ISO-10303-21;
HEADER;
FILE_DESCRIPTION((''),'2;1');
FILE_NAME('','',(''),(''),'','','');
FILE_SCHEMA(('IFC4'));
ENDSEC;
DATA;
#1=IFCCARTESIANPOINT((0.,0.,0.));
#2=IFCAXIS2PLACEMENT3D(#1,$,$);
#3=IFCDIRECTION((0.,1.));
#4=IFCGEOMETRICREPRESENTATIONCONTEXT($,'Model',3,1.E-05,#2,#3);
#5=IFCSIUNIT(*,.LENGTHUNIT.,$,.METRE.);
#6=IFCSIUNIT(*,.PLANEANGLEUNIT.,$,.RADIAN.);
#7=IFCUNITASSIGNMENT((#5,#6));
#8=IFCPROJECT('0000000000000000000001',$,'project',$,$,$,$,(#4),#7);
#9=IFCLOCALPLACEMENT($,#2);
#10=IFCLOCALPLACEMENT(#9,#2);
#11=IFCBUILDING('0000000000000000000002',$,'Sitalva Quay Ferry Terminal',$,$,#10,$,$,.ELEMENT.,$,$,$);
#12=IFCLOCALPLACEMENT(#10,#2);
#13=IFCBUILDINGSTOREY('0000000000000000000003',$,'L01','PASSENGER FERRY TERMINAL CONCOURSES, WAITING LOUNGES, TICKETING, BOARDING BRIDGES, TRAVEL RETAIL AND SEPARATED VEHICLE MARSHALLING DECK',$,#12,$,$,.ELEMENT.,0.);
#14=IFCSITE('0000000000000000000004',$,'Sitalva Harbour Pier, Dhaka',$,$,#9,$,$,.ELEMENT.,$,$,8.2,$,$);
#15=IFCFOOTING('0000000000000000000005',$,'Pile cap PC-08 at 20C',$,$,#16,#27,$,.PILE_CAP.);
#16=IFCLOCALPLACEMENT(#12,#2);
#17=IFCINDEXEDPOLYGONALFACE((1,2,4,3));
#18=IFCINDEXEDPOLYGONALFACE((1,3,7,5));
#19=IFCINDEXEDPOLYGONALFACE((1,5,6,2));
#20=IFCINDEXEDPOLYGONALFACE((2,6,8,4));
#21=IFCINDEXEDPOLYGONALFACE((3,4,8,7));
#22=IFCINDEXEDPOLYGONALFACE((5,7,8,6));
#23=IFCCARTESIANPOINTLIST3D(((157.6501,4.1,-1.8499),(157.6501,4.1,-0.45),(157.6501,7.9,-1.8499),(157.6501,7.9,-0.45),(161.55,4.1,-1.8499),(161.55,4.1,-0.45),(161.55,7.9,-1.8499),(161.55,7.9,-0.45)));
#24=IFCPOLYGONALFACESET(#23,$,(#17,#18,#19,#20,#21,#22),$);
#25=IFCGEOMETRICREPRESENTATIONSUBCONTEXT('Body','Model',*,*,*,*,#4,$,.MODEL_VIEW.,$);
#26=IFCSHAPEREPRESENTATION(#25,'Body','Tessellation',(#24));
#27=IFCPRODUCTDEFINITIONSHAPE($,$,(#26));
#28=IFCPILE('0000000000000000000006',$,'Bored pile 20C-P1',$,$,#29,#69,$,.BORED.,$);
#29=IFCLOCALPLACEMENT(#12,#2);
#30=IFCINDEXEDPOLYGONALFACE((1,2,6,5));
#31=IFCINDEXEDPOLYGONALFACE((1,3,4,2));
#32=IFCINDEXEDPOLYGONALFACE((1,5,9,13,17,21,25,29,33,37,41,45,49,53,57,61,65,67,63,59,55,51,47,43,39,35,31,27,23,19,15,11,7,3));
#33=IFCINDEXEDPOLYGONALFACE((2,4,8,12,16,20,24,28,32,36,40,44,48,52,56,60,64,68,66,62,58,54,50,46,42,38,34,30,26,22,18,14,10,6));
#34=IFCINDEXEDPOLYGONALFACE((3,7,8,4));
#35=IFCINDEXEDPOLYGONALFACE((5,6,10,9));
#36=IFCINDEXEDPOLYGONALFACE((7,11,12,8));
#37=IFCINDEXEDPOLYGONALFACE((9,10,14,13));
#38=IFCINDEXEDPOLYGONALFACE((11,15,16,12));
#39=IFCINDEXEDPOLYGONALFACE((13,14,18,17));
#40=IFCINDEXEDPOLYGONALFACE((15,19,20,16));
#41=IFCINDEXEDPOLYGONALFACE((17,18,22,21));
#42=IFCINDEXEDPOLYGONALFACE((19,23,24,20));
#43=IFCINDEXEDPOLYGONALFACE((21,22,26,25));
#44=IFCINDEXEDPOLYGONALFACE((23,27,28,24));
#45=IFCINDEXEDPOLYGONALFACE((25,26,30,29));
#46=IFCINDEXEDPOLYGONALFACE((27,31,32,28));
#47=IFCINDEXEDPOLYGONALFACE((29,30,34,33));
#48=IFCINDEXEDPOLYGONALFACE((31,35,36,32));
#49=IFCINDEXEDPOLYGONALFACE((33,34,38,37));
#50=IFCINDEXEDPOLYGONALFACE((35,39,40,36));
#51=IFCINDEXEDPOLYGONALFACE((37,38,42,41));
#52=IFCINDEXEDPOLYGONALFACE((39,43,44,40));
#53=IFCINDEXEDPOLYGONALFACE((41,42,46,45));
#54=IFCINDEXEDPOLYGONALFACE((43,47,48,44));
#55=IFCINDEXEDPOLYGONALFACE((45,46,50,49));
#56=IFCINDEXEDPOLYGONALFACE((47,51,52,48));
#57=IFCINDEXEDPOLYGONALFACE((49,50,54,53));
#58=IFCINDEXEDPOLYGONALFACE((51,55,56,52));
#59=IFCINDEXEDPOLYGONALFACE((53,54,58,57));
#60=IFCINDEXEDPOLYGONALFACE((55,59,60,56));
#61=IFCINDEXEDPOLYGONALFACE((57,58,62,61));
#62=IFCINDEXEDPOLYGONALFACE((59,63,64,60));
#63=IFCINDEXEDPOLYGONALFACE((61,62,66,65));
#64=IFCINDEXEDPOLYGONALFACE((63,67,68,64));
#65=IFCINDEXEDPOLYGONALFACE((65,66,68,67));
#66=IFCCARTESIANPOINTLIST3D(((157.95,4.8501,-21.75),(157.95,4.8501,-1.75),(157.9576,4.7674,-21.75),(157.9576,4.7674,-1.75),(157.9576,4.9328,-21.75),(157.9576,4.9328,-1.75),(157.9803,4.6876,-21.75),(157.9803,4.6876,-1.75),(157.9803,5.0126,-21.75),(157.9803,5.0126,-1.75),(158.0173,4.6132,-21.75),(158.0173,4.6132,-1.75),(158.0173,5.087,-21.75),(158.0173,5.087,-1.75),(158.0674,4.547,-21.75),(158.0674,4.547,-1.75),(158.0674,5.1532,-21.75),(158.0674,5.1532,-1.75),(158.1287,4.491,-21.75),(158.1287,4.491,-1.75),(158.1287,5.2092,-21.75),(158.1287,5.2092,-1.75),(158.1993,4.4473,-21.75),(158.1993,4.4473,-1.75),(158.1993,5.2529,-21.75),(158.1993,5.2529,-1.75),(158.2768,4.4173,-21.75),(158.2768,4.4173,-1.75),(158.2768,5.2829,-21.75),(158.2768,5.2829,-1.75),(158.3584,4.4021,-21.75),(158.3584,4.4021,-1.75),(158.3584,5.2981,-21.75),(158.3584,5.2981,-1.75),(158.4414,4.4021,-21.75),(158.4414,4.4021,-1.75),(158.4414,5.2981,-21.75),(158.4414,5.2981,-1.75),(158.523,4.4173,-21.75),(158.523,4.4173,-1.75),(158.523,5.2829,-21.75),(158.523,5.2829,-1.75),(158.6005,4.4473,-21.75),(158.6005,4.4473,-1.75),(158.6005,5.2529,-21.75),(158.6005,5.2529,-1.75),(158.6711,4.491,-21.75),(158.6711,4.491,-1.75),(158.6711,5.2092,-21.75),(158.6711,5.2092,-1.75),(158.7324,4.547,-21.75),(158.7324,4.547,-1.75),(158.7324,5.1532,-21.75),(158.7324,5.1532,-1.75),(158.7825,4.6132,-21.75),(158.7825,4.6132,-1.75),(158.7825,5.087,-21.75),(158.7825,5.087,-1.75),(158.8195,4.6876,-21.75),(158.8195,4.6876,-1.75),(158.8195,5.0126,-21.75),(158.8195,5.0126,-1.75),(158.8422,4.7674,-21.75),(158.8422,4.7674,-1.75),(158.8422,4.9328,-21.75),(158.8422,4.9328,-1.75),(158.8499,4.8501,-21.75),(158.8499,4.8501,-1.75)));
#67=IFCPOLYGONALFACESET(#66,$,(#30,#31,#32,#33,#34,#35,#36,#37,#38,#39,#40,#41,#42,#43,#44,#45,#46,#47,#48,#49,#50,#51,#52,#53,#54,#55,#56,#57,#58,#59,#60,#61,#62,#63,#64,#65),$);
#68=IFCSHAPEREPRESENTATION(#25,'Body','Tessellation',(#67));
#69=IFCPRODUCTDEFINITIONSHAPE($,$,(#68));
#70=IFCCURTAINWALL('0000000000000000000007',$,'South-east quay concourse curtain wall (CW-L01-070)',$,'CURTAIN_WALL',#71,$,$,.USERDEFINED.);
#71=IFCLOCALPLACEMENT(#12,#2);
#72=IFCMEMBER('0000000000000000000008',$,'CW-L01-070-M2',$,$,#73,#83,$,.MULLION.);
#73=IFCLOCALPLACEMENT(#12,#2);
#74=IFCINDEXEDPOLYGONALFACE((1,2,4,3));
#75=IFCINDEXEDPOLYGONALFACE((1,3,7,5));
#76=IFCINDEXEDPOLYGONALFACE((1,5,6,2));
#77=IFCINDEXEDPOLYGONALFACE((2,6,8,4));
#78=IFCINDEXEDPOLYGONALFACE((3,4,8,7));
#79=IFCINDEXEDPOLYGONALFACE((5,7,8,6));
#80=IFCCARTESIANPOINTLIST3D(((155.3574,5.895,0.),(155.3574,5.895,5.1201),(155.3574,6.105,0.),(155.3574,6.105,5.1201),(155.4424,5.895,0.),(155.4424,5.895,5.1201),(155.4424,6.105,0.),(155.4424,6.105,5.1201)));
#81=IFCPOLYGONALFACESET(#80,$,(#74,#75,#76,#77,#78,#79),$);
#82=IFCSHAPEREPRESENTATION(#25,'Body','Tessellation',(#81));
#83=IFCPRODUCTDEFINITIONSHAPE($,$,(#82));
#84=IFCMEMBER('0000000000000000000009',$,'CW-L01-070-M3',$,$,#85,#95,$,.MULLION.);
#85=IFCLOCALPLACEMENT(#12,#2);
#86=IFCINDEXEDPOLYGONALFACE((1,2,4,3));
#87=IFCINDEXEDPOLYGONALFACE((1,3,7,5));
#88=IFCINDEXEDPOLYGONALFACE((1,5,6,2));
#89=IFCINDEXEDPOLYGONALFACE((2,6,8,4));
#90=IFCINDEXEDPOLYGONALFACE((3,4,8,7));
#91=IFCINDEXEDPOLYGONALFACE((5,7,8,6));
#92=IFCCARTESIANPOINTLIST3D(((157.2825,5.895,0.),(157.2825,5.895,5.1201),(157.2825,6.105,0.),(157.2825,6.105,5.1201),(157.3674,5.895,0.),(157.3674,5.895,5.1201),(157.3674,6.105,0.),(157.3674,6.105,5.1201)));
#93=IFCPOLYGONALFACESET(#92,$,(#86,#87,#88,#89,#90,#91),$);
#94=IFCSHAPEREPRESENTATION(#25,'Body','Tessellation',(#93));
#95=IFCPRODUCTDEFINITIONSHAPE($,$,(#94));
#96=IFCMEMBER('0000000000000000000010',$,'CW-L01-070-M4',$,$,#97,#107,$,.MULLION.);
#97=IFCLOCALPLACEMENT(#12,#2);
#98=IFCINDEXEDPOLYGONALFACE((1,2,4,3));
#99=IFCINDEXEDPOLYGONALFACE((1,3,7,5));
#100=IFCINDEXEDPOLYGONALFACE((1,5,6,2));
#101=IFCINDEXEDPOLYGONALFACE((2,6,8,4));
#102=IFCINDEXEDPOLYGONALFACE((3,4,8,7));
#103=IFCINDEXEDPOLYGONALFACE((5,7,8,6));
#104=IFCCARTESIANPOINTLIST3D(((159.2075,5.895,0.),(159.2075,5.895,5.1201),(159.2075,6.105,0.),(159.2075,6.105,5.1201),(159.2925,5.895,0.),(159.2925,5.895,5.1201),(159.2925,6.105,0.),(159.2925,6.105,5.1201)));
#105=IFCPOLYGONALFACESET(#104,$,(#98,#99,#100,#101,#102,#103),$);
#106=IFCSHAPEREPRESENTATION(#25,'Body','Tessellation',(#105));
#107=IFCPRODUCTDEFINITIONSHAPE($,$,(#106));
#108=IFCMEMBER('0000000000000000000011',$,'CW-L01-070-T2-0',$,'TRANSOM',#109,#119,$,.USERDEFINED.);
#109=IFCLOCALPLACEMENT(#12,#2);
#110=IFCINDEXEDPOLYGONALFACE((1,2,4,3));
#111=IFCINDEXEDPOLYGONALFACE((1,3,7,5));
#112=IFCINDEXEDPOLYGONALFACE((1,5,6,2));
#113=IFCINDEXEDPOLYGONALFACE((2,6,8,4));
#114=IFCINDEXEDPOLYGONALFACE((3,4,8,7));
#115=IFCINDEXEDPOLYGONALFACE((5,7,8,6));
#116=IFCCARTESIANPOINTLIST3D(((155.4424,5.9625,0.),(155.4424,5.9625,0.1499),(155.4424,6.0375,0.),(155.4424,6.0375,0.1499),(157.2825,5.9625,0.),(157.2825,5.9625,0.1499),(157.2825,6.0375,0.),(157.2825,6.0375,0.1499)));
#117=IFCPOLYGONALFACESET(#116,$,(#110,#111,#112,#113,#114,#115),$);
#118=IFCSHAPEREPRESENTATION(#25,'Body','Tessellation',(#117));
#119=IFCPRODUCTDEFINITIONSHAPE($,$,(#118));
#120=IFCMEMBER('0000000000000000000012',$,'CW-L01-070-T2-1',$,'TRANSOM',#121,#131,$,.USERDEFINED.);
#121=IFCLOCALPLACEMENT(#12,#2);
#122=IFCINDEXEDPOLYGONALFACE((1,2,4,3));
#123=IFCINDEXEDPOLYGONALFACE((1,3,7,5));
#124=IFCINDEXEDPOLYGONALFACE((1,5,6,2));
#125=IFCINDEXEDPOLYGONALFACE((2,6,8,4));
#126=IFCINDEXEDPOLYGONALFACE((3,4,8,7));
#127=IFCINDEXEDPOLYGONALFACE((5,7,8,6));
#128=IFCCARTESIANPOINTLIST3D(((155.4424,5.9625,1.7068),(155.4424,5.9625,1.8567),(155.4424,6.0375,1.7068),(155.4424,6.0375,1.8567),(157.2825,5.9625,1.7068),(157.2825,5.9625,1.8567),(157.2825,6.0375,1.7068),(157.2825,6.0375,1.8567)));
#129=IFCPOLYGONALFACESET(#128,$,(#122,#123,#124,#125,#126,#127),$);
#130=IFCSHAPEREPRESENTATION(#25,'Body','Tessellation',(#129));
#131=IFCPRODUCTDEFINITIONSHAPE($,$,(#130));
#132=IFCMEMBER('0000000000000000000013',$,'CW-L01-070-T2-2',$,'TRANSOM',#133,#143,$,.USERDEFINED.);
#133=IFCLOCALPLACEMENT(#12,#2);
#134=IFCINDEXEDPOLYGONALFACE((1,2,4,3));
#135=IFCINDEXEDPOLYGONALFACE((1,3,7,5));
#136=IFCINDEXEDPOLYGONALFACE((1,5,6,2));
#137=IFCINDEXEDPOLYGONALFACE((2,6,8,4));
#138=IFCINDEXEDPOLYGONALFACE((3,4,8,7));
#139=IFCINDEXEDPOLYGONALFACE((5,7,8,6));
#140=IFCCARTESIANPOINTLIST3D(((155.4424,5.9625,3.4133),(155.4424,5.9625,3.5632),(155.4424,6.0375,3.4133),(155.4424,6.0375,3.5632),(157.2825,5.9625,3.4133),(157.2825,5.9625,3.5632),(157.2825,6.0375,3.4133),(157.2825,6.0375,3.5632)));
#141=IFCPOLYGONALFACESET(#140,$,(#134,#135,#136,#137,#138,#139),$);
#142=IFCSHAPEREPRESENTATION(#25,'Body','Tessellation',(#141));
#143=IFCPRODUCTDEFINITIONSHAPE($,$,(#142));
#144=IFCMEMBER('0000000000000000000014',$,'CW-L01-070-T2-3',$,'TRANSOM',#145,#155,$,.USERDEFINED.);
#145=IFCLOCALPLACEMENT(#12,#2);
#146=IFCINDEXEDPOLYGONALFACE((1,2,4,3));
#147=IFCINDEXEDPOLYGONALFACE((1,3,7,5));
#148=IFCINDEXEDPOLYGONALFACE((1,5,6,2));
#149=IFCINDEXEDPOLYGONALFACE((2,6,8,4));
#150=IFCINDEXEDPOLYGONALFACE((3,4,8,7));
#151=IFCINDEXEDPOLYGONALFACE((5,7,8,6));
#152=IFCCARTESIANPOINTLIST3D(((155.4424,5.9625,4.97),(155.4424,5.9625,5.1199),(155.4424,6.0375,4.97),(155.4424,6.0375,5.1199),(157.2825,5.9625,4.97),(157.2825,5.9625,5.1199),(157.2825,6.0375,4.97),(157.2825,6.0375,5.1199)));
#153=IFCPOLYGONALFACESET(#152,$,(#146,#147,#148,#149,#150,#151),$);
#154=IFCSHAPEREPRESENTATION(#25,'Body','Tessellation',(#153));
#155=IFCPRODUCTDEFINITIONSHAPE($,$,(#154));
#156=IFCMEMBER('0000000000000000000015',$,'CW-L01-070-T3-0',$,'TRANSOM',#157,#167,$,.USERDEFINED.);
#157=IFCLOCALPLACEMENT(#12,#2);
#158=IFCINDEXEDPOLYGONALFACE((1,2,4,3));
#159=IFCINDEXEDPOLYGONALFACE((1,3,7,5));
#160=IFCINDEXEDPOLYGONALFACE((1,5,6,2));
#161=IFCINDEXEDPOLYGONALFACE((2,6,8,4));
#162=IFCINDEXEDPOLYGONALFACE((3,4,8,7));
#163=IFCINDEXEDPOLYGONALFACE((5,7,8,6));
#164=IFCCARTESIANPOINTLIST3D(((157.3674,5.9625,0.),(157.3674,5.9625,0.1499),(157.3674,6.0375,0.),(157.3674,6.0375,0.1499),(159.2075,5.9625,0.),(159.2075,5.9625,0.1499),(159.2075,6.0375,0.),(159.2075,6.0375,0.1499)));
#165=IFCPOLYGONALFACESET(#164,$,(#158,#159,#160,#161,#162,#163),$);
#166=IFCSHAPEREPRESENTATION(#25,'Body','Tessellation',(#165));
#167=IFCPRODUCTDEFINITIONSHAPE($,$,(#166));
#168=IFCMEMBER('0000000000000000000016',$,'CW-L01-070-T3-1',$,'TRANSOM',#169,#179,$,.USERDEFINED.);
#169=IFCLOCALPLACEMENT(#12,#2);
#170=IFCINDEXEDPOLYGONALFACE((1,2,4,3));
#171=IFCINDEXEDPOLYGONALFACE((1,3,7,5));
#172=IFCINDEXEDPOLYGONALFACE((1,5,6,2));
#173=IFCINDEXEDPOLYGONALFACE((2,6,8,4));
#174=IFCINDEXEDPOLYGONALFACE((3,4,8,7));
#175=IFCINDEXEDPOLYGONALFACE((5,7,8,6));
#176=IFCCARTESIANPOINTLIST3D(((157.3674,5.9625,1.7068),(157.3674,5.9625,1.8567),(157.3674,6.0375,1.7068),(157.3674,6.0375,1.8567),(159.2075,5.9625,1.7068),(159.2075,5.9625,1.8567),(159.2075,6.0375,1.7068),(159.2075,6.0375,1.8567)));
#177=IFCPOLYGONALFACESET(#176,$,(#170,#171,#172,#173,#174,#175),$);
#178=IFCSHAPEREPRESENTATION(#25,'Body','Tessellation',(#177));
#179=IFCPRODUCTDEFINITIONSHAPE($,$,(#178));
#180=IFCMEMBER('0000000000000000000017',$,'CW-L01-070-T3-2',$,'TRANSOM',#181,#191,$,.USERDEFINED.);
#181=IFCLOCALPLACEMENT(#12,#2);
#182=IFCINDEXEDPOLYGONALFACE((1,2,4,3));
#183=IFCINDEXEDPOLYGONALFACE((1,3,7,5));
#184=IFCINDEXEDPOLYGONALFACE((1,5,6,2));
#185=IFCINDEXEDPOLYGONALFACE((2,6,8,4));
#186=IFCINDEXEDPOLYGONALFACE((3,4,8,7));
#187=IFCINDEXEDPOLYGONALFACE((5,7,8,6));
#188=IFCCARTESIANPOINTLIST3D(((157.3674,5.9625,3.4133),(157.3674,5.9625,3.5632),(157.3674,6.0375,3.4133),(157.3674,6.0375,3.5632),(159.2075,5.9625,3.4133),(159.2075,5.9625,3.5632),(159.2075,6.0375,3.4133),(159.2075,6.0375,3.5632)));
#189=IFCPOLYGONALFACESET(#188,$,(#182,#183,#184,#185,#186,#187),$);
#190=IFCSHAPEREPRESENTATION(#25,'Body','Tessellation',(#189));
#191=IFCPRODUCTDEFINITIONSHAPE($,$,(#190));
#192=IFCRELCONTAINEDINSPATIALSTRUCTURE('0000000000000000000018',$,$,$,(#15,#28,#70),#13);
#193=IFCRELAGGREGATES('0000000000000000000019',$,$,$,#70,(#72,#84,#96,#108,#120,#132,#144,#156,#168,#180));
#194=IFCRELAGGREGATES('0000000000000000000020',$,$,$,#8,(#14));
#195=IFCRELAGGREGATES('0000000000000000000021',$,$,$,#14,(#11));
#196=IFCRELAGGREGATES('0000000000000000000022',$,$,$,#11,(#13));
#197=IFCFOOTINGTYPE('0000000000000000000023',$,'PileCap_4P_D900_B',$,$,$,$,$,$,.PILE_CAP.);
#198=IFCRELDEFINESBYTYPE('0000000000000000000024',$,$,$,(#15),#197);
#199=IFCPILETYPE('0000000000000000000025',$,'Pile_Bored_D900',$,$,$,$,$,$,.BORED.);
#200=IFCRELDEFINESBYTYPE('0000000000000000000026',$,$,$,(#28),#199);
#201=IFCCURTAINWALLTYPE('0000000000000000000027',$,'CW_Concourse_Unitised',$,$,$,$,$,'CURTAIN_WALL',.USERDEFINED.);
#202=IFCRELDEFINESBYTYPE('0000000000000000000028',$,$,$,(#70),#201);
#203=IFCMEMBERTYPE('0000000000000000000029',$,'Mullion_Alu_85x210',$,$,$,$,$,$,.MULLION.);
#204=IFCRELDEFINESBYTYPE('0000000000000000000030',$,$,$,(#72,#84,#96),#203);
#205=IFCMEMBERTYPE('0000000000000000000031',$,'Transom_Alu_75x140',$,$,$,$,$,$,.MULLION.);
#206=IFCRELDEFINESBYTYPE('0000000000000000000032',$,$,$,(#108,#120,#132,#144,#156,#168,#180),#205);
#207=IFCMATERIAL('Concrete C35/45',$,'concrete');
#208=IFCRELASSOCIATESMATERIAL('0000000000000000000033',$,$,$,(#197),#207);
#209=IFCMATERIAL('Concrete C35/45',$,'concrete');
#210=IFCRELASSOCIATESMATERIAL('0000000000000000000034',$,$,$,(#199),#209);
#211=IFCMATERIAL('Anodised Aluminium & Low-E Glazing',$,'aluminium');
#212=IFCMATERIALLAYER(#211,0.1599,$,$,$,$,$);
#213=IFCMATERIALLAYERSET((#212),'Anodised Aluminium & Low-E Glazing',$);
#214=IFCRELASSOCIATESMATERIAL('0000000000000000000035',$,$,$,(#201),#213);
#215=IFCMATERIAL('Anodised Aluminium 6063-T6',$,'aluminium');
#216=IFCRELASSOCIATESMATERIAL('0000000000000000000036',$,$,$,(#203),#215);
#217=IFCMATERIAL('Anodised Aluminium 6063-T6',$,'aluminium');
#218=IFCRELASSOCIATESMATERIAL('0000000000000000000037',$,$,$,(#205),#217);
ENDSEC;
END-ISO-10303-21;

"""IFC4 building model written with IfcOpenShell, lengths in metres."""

from ifc_helpers import new_model, si_unit, direction, frame, origin, origin_2d, place, context, subcontext, project, spatial, rectangle, circle, extrude, material, layer, layer_set, material_profile, profile_set, type_object, element, aggregate, save


model = new_model("IFC4")

# Units and contexts
model_context = context("Model", 3, precision=1e-05, world=origin(), true_north=direction((0.0, 1.0)))
body_context = subcontext(model_context, "Body", "Model", "MODEL_VIEW")
ifc_project = project(units=[si_unit("LENGTHUNIT", "METRE"), si_unit("PLANEANGLEUNIT", "RADIAN")], contexts=[model_context])

# Site, building, storey
site_placement = place(None, origin())
site = spatial("IfcSite", under=ifc_project, at=site_placement, Name="Sitalva Harbour Pier, Dhaka", CompositionType="ELEMENT", RefElevation=8.2)
building_placement = place(site_placement, origin())
building = spatial("IfcBuilding", under=site, at=building_placement, Name="Sitalva Quay Ferry Terminal", CompositionType="ELEMENT")
storey_placement = place(building_placement, origin())
storey = spatial("IfcBuildingStorey", under=building, at=storey_placement, Name="L01", Description="PASSENGER FERRY TERMINAL CONCOURSES, WAITING LOUNGES, TICKETING, BOARDING BRIDGES, TRAVEL RETAIL AND SEPARATED VEHICLE MARSHALLING DECK", CompositionType="ELEMENT", Elevation=0.0)

# Footing
ifc_material_1 = material(Name="Concrete C35/45", Category="concrete")
footing_type = type_object("IfcFootingType", Name="PileCap_4P_D900_B", PredefinedType="PILE_CAP", material=ifc_material_1)
footing_placement = place(storey_placement, frame((159.6001, 6.0, -1.8499), z_axis=(0.0, 0.0, 1.0), x_axis=(1.0, 0.0, 0.0)))
element("IfcFooting", 1, at=footing_placement, inside=storey, type_object=footing_type, Name="Pile cap PC-08 at 20C", PredefinedType="PILE_CAP", context=body_context, shape_type="SweptSolid", body=[
    extrude(rectangle(XDim=3.8999, YDim=3.8, at=origin_2d()), origin(), (0.0, 0.0, 1.0), 1.3999),
])

# Pile
ifc_material_2 = material(Name="Concrete C35/45", Category="concrete")
ifc_material_profile_1 = material_profile(ifc_material_2, circle(Radius=0.45, at=origin_2d()), Name="PILE-D900")
ifc_profile_set_1 = profile_set([ifc_material_profile_1], Name="Concrete C35/45")
pile_type = type_object("IfcPileType", Name="Pile_Bored_D900", PredefinedType="BORED", material=ifc_profile_set_1)
pile_placement = place(storey_placement, frame((158.3999, 4.8501, -1.75), z_axis=(0.0, 0.0, -1.0), x_axis=(1.0, 0.0, 0.0)))
element("IfcPile", 2, at=pile_placement, inside=storey, type_object=pile_type, Name="Bored pile 20C-P1", PredefinedType="BORED", context=body_context, shape_type="SweptSolid", body=[
    extrude(circle(Radius=0.45, at=origin_2d()), origin(), (0.0, 0.0, 1.0), 20.0),
])

# Curtain wall, members
ifc_material_3 = material(Name="Anodised Aluminium & Low-E Glazing", Category="aluminium")
ifc_layer_1 = layer(ifc_material_3, 0.1599)
ifc_layer_set_1 = layer_set([ifc_layer_1], Name="Anodised Aluminium & Low-E Glazing")
curtain_wall_type = type_object("IfcCurtainWallType", Name="CW_Concourse_Unitised", ElementType="CURTAIN_WALL", PredefinedType="USERDEFINED", material=ifc_layer_set_1)
curtain_wall_placement = place(storey_placement, origin())
curtain_wall = element("IfcCurtainWall", 3, at=curtain_wall_placement, inside=storey, type_object=curtain_wall_type, Name="South-east quay concourse curtain wall (CW-L01-070)", ObjectType="CURTAIN_WALL", PredefinedType="USERDEFINED")
ifc_material_4 = material(Name="Anodised Aluminium 6063-T6", Category="aluminium")
ifc_material_profile_2 = material_profile(ifc_material_4, rectangle(XDim=0.085, YDim=0.21, at=origin_2d()), Name="ALU85x210")
ifc_profile_set_2 = profile_set([ifc_material_profile_2], Name="Anodised Aluminium 6063-T6")
member_type_1 = type_object("IfcMemberType", Name="Mullion_Alu_85x210", PredefinedType="MULLION", material=ifc_profile_set_2)
member_1_placement = place(storey_placement, frame((155.3999, 6.0, 0.0), z_axis=(0.0, 0.0, 1.0), x_axis=(1.0, 0.0, 0.0)))
member_1 = element("IfcMember", 4, at=member_1_placement, type_object=member_type_1, Name="CW-L01-070-M2", PredefinedType="MULLION", context=body_context, shape_type="SweptSolid", body=[
    extrude(rectangle(XDim=0.085, YDim=0.21, at=origin_2d()), origin(), (0.0, 0.0, 1.0), 5.1201),
])
member_2_placement = place(storey_placement, frame((157.325, 6.0, 0.0), z_axis=(0.0, 0.0, 1.0), x_axis=(1.0, 0.0, 0.0)))
member_2 = element("IfcMember", 5, at=member_2_placement, type_object=member_type_1, Name="CW-L01-070-M3", PredefinedType="MULLION", context=body_context, shape_type="SweptSolid", body=[
    extrude(rectangle(XDim=0.085, YDim=0.21, at=origin_2d()), origin(), (0.0, 0.0, 1.0), 5.1201),
])
member_3_placement = place(storey_placement, frame((159.25, 6.0, 0.0), z_axis=(0.0, 0.0, 1.0), x_axis=(1.0, 0.0, 0.0)))
member_3 = element("IfcMember", 6, at=member_3_placement, type_object=member_type_1, Name="CW-L01-070-M4", PredefinedType="MULLION", context=body_context, shape_type="SweptSolid", body=[
    extrude(rectangle(XDim=0.085, YDim=0.21, at=origin_2d()), origin(), (0.0, 0.0, 1.0), 5.1201),
])
ifc_material_5 = material(Name="Anodised Aluminium 6063-T6", Category="aluminium")
ifc_material_profile_3 = material_profile(ifc_material_5, rectangle(XDim=0.075, YDim=0.1499, at=origin_2d()), Name="ALU75x150")
ifc_profile_set_3 = profile_set([ifc_material_profile_3], Name="Anodised Aluminium 6063-T6")
member_type_2 = type_object("IfcMemberType", Name="Transom_Alu_75x140", PredefinedType="MULLION", material=ifc_profile_set_3)
member_4_placement = place(storey_placement, frame((155.4424, 6.0, 0.075), z_axis=(1.0, 0.0, 0.0), x_axis=(0.0, 1.0, 0.0)))
member_4 = element("IfcMember", 7, at=member_4_placement, type_object=member_type_2, Name="CW-L01-070-T2-0", ObjectType="TRANSOM", PredefinedType="USERDEFINED", context=body_context, shape_type="SweptSolid", body=[
    extrude(rectangle(XDim=0.075, YDim=0.1499, at=origin_2d()), origin(), (0.0, 0.0, 1.0), 1.8401),
])
member_5_placement = place(storey_placement, frame((155.4424, 6.0, 1.7817), z_axis=(1.0, 0.0, 0.0), x_axis=(0.0, 1.0, 0.0)))
member_5 = element("IfcMember", 8, at=member_5_placement, type_object=member_type_2, Name="CW-L01-070-T2-1", ObjectType="TRANSOM", PredefinedType="USERDEFINED", context=body_context, shape_type="SweptSolid", body=[
    extrude(rectangle(XDim=0.075, YDim=0.1499, at=origin_2d()), origin(), (0.0, 0.0, 1.0), 1.8401),
])
member_6_placement = place(storey_placement, frame((155.4424, 6.0, 3.4883), z_axis=(1.0, 0.0, 0.0), x_axis=(0.0, 1.0, 0.0)))
member_6 = element("IfcMember", 9, at=member_6_placement, type_object=member_type_2, Name="CW-L01-070-T2-2", ObjectType="TRANSOM", PredefinedType="USERDEFINED", context=body_context, shape_type="SweptSolid", body=[
    extrude(rectangle(XDim=0.075, YDim=0.1499, at=origin_2d()), origin(), (0.0, 0.0, 1.0), 1.8401),
])
member_7_placement = place(storey_placement, frame((155.4424, 6.0, 5.0449), z_axis=(1.0, 0.0, 0.0), x_axis=(0.0, 1.0, 0.0)))
member_7 = element("IfcMember", 10, at=member_7_placement, type_object=member_type_2, Name="CW-L01-070-T2-3", ObjectType="TRANSOM", PredefinedType="USERDEFINED", context=body_context, shape_type="SweptSolid", body=[
    extrude(rectangle(XDim=0.075, YDim=0.1499, at=origin_2d()), origin(), (0.0, 0.0, 1.0), 1.8401),
])
member_8_placement = place(storey_placement, frame((157.3674, 6.0, 0.075), z_axis=(1.0, 0.0, 0.0), x_axis=(0.0, 1.0, 0.0)))
member_8 = element("IfcMember", 11, at=member_8_placement, type_object=member_type_2, Name="CW-L01-070-T3-0", ObjectType="TRANSOM", PredefinedType="USERDEFINED", context=body_context, shape_type="SweptSolid", body=[
    extrude(rectangle(XDim=0.075, YDim=0.1499, at=origin_2d()), origin(), (0.0, 0.0, 1.0), 1.8401),
])
member_9_placement = place(storey_placement, frame((157.3674, 6.0, 1.7817), z_axis=(1.0, 0.0, 0.0), x_axis=(0.0, 1.0, 0.0)))
member_9 = element("IfcMember", 12, at=member_9_placement, type_object=member_type_2, Name="CW-L01-070-T3-1", ObjectType="TRANSOM", PredefinedType="USERDEFINED", context=body_context, shape_type="SweptSolid", body=[
    extrude(rectangle(XDim=0.075, YDim=0.1499, at=origin_2d()), origin(), (0.0, 0.0, 1.0), 1.8401),
])
member_10_placement = place(storey_placement, frame((157.3674, 6.0, 3.4883), z_axis=(1.0, 0.0, 0.0), x_axis=(0.0, 1.0, 0.0)))
member_10 = element("IfcMember", 13, at=member_10_placement, type_object=member_type_2, Name="CW-L01-070-T3-2", ObjectType="TRANSOM", PredefinedType="USERDEFINED", context=body_context, shape_type="SweptSolid", body=[
    extrude(rectangle(XDim=0.075, YDim=0.1499, at=origin_2d()), origin(), (0.0, 0.0, 1.0), 1.8401),
])
aggregate(curtain_wall, [member_1, member_2, member_3, member_4, member_5, member_6, member_7, member_8, member_9, member_10])

save(model, "model.ifc")
